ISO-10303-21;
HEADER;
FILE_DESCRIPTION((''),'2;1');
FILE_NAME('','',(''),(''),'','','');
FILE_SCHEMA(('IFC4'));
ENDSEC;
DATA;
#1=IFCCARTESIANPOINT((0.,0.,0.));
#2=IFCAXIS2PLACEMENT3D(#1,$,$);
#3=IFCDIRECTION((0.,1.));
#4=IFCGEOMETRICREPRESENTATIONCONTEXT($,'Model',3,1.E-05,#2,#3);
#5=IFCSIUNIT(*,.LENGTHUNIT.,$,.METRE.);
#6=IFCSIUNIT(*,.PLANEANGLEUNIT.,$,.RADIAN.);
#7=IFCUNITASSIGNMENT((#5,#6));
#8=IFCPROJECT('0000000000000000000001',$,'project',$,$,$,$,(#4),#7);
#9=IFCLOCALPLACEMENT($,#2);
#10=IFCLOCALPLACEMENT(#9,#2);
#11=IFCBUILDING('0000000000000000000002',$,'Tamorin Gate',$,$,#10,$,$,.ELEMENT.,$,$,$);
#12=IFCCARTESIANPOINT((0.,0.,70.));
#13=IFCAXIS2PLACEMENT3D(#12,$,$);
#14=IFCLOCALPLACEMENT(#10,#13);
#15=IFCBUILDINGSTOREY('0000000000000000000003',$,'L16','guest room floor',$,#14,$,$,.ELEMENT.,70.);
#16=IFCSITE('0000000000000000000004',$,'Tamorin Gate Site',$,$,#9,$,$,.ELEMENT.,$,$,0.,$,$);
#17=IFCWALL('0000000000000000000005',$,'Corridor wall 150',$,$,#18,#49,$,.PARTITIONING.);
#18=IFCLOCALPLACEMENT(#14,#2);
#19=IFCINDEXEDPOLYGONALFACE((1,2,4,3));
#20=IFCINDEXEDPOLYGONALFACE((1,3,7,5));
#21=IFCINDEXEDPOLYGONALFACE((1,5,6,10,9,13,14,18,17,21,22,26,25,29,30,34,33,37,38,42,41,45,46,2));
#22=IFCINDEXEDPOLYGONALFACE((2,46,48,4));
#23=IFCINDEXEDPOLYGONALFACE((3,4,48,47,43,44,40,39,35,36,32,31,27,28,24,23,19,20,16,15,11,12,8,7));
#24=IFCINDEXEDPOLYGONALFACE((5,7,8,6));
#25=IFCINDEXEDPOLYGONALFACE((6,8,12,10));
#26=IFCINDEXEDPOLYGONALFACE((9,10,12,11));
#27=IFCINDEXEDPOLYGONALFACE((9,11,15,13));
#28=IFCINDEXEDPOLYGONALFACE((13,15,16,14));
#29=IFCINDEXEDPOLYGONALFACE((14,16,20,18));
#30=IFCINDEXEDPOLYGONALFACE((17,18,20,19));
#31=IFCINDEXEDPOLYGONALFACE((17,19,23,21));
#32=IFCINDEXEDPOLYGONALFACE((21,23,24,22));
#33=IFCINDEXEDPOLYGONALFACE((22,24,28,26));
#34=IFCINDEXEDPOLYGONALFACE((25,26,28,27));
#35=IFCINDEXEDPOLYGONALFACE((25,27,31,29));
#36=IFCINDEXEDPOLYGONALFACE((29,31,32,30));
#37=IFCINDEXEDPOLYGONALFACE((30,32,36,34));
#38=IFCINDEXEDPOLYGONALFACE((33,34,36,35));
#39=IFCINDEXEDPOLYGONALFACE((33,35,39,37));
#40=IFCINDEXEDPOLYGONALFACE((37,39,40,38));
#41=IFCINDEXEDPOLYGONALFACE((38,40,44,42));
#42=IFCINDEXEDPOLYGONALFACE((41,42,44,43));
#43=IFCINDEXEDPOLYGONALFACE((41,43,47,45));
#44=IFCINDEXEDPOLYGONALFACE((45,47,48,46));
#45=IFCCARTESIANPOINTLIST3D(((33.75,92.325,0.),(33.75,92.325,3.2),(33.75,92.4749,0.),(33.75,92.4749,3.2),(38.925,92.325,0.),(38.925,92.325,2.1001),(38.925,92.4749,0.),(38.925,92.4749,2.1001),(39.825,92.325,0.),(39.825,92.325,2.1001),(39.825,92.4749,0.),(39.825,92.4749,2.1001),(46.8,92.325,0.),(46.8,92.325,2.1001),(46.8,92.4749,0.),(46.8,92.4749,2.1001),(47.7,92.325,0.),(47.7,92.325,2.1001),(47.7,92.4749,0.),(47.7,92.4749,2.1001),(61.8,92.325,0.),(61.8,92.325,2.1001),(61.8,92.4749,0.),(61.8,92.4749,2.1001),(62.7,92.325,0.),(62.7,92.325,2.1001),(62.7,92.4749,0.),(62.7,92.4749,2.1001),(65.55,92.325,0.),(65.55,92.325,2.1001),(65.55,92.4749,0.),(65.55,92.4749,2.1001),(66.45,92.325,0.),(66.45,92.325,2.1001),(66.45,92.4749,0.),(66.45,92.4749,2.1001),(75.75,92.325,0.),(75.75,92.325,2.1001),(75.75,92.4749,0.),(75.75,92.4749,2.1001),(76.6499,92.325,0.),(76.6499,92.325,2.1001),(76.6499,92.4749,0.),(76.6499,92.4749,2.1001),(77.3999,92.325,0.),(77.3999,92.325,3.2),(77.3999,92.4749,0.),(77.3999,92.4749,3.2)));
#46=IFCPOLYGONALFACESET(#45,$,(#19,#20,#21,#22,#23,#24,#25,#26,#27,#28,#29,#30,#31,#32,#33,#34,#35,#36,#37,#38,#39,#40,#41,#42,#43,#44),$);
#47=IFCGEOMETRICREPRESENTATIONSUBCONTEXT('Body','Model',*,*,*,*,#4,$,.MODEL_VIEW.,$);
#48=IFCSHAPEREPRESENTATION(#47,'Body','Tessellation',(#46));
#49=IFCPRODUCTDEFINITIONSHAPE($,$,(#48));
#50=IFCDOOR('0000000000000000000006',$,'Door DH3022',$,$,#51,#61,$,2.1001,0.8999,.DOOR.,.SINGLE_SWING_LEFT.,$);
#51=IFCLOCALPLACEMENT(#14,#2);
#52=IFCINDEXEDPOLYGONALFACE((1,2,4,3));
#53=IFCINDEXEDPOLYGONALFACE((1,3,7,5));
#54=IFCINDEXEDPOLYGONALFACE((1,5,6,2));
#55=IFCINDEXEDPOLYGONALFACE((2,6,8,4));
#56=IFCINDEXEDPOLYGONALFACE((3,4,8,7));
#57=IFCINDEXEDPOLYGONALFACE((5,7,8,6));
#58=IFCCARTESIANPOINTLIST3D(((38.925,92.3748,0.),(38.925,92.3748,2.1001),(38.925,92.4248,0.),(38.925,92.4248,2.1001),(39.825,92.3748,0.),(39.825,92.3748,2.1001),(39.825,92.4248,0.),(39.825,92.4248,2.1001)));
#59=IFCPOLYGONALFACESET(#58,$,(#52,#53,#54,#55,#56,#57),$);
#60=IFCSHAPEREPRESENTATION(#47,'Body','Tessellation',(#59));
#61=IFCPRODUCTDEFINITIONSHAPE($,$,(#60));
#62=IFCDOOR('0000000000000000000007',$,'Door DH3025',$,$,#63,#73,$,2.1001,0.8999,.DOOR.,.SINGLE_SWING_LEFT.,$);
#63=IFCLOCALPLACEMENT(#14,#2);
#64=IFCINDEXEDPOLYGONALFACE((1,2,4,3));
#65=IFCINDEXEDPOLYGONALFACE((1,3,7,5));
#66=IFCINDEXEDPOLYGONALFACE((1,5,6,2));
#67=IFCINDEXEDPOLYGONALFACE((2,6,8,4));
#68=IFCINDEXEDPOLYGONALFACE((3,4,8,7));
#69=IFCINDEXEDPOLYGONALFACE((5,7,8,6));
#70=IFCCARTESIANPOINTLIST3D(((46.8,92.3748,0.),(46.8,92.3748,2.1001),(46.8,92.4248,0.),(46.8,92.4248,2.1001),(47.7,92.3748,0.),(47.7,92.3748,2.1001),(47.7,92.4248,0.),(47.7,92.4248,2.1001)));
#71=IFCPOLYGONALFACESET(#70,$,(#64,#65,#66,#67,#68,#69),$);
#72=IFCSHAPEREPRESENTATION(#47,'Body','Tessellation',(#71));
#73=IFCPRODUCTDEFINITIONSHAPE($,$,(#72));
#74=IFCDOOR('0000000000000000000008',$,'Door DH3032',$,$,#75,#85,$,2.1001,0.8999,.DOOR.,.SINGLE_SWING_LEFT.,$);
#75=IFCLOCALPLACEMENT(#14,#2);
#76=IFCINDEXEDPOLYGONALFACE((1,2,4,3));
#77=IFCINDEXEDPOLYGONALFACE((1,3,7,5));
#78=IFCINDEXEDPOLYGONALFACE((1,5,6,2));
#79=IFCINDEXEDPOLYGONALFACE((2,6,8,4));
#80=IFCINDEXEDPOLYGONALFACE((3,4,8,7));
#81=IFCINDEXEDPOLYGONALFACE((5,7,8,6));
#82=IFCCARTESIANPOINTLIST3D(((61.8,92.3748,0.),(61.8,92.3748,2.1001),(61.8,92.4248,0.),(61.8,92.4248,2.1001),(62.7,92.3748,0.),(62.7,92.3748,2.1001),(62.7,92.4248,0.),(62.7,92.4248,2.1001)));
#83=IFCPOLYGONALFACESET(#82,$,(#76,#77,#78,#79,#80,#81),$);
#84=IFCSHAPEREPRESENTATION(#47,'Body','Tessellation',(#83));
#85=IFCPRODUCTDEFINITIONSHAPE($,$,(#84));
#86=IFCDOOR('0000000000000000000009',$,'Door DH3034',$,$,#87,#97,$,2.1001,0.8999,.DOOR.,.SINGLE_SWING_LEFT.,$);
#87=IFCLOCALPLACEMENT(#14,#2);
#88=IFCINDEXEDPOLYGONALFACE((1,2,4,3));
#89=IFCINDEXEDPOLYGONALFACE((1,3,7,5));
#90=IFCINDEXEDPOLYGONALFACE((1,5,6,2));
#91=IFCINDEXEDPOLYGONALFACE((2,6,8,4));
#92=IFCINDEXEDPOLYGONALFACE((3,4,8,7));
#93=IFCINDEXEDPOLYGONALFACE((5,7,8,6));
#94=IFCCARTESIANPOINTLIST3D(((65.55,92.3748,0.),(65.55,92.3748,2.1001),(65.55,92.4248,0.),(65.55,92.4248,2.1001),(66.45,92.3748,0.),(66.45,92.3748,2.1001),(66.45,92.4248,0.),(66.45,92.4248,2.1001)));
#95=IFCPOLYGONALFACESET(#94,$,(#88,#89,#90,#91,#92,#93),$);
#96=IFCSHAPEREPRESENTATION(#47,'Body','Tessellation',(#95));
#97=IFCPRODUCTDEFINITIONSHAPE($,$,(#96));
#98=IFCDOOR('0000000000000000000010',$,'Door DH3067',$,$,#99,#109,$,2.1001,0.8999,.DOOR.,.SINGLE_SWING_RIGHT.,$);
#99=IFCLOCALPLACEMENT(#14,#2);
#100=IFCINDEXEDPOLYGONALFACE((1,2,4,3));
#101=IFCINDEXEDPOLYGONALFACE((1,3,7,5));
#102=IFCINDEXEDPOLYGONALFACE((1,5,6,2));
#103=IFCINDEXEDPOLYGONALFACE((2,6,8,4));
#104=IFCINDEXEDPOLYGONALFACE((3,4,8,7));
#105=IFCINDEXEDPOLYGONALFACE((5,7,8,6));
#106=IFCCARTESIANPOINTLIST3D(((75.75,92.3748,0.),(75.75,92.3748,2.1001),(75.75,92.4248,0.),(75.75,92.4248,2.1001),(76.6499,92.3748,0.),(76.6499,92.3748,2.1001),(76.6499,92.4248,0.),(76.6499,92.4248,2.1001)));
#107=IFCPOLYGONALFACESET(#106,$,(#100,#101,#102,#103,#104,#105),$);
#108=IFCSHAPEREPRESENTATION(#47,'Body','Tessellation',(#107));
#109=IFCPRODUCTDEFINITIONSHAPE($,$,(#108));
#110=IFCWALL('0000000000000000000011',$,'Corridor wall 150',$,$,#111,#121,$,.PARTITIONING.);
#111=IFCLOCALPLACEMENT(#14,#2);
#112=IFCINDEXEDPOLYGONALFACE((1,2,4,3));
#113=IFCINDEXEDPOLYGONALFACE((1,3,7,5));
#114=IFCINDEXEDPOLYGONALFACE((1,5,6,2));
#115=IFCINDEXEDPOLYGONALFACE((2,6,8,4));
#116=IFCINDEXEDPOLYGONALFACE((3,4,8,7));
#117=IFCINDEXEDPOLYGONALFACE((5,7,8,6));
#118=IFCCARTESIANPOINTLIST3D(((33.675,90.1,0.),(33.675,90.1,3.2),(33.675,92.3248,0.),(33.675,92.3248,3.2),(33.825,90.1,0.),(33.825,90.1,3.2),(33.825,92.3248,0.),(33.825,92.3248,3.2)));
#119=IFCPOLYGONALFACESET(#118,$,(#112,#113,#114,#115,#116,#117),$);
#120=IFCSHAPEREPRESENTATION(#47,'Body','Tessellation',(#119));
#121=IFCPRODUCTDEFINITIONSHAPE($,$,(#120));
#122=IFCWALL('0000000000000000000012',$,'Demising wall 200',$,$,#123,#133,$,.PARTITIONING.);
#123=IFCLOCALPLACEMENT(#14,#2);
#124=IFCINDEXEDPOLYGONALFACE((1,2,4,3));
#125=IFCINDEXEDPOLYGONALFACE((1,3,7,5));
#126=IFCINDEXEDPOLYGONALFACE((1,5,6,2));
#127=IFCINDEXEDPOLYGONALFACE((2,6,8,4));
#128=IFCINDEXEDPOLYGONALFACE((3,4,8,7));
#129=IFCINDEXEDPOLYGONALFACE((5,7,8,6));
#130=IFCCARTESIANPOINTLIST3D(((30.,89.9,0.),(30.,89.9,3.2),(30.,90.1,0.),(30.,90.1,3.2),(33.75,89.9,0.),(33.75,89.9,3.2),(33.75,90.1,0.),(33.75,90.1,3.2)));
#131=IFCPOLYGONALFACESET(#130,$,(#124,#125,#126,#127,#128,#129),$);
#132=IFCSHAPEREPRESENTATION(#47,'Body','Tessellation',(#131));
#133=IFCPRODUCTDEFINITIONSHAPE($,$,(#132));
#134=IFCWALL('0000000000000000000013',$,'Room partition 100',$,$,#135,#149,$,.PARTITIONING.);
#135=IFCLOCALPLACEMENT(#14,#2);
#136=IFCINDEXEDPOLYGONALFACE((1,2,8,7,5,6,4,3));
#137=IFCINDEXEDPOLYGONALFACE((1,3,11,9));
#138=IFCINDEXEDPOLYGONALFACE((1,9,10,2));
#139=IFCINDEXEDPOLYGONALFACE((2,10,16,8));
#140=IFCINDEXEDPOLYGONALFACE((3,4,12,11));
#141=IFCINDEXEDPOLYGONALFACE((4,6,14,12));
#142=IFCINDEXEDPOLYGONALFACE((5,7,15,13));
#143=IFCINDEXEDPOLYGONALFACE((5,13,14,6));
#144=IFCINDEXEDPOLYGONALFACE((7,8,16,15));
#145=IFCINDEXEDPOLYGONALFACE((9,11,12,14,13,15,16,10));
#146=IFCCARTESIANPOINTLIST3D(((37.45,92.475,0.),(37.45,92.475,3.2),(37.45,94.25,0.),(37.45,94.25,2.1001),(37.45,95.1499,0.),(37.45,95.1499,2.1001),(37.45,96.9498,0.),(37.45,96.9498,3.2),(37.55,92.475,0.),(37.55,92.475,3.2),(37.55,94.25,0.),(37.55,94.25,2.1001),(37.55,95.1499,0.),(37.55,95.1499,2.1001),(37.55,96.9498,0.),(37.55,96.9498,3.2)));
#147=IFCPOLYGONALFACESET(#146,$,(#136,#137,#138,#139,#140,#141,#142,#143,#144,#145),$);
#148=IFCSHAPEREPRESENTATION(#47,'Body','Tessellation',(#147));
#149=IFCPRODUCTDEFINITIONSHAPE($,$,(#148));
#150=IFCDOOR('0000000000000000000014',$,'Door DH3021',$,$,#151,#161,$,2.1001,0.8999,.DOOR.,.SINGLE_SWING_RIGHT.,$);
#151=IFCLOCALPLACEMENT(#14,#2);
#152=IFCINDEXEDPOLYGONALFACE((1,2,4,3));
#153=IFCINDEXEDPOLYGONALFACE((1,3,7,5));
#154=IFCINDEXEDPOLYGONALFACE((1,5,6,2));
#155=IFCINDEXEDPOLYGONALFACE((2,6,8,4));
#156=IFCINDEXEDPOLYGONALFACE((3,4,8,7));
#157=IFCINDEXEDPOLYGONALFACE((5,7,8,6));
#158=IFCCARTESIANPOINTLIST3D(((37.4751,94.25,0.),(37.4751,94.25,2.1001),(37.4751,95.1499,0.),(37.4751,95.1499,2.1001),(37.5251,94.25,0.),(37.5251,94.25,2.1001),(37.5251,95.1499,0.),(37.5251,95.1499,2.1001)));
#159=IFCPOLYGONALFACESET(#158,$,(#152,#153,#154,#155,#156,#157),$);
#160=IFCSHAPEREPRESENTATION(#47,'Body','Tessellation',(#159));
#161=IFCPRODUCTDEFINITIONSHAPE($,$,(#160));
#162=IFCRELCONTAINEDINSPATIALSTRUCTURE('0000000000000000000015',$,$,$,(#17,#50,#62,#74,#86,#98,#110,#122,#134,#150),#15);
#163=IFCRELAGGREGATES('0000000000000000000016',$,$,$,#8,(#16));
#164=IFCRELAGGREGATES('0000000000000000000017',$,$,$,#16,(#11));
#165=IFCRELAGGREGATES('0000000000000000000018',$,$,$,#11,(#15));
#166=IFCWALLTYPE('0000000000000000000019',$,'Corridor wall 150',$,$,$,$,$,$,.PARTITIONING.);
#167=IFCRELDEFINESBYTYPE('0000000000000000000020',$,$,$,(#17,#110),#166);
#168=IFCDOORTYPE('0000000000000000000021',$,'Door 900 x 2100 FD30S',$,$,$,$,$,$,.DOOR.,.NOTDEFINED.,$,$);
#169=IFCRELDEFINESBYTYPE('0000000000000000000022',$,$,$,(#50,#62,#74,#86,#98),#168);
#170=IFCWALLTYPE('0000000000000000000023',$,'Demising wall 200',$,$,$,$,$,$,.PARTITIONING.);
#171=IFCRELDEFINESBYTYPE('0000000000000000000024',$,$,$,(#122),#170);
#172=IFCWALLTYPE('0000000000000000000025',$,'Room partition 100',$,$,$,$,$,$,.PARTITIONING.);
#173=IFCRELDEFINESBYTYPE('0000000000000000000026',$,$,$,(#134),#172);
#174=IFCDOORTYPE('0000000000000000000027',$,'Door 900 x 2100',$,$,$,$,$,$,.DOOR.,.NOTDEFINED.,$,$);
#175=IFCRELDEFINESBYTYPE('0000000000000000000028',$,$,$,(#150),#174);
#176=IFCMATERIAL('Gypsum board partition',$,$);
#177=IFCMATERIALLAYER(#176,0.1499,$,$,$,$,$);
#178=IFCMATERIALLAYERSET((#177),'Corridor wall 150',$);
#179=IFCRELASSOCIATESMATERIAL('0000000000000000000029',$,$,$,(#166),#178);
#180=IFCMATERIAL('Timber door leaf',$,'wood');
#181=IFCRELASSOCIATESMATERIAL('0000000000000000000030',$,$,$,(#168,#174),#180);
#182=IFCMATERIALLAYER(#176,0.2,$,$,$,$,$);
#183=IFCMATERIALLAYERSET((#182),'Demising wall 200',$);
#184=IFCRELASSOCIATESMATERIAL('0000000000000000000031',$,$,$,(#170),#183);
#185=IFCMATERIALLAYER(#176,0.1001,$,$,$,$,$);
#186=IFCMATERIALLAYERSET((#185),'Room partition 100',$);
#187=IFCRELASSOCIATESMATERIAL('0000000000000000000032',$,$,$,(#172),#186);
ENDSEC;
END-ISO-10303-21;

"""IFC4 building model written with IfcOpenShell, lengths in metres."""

from ifc_helpers import new_model, si_unit, direction, frame, frame_2d, origin, place, context, subcontext, project, spatial, rectangle, extrude, material, layer, layer_set, type_object, element, fill, save


model = new_model("IFC4")

# Units and contexts
model_context = context("Model", 3, precision=1e-05, world=origin(), true_north=direction((0.0, 1.0)))
body_context = subcontext(model_context, "Body", "Model", "MODEL_VIEW")
ifc_project = project(units=[si_unit("LENGTHUNIT", "METRE"), si_unit("PLANEANGLEUNIT", "RADIAN")], contexts=[model_context])

# Site, building, storey
site_placement = place(None, origin())
site = spatial("IfcSite", under=ifc_project, at=site_placement, Name="Tamorin Gate Site", CompositionType="ELEMENT", RefElevation=0.0)
building_placement = place(site_placement, origin())
building = spatial("IfcBuilding", under=site, at=building_placement, Name="Tamorin Gate", CompositionType="ELEMENT")
storey_placement = place(building_placement, frame((0.0, 0.0, 70.0)))
storey = spatial("IfcBuildingStorey", under=building, at=storey_placement, Name="L16", Description="guest room floor", CompositionType="ELEMENT", Elevation=70.0)

# Wall, openings, doors
ifc_material_1 = material(Name="Gypsum board partition")
ifc_layer_1 = layer(ifc_material_1, 0.1499)
ifc_layer_set_1 = layer_set([ifc_layer_1], Name="Corridor wall 150")
wall_type_1 = type_object("IfcWallType", Name="Corridor wall 150", PredefinedType="PARTITIONING", material=ifc_layer_set_1)
ifc_material_2 = material(Name="Timber door leaf", Category="wood")
door_type_1 = type_object("IfcDoorType", Name="Door 900 x 2100 FD30S", OperationType="NOTDEFINED", PredefinedType="DOOR", material=ifc_material_2)
wall_1_placement = place(storey_placement, frame((33.75, 92.3999, 0.0), z_axis=(0.0, 0.0, 1.0), x_axis=(1.0, 0.0, 0.0)))
wall_1 = element("IfcWall", 1, at=wall_1_placement, inside=storey, type_object=wall_type_1, Name="Corridor wall 150", PredefinedType="PARTITIONING", context=body_context, shape_type="SweptSolid", body=[
    extrude(rectangle(XDim=43.6499, YDim=0.1499, at=frame_2d((21.825, 0.0))), origin(), (0.0, 0.0, 1.0), 3.2),
])
opening_1_placement = place(wall_1_placement, frame((5.175, 0.0, 0.0)))
opening_1 = element("IfcOpeningElement", 2, at=opening_1_placement, cuts=wall_1, PredefinedType="OPENING", context=body_context, shape_type="SweptSolid", body=[
    extrude(rectangle(XDim=0.8999, YDim=2.1001, at=frame_2d((0.45, 1.05))), frame((0.0, 0.085, 0.0), z_axis=(0.0, -1.0, 0.0), x_axis=(1.0, 0.0, 0.0)), (0.0, 0.0, 1.0), 0.1699),
])
opening_2_placement = place(wall_1_placement, frame((13.05, 0.0, 0.0)))
opening_2 = element("IfcOpeningElement", 3, at=opening_2_placement, cuts=wall_1, PredefinedType="OPENING", context=body_context, shape_type="SweptSolid", body=[
    extrude(rectangle(XDim=0.8999, YDim=2.1001, at=frame_2d((0.45, 1.05))), frame((0.0, 0.085, 0.0), z_axis=(0.0, -1.0, 0.0), x_axis=(1.0, 0.0, 0.0)), (0.0, 0.0, 1.0), 0.1699),
])
opening_3_placement = place(wall_1_placement, frame((28.05, 0.0, 0.0)))
opening_3 = element("IfcOpeningElement", 4, at=opening_3_placement, cuts=wall_1, PredefinedType="OPENING", context=body_context, shape_type="SweptSolid", body=[
    extrude(rectangle(XDim=0.8999, YDim=2.1001, at=frame_2d((0.45, 1.05))), frame((0.0, 0.085, 0.0), z_axis=(0.0, -1.0, 0.0), x_axis=(1.0, 0.0, 0.0)), (0.0, 0.0, 1.0), 0.1699),
])
opening_4_placement = place(wall_1_placement, frame((31.8, 0.0, 0.0)))
opening_4 = element("IfcOpeningElement", 5, at=opening_4_placement, cuts=wall_1, PredefinedType="OPENING", context=body_context, shape_type="SweptSolid", body=[
    extrude(rectangle(XDim=0.8999, YDim=2.1001, at=frame_2d((0.45, 1.05))), frame((0.0, 0.085, 0.0), z_axis=(0.0, -1.0, 0.0), x_axis=(1.0, 0.0, 0.0)), (0.0, 0.0, 1.0), 0.1699),
])
opening_5_placement = place(wall_1_placement, frame((42.0, 0.0, 0.0)))
opening_5 = element("IfcOpeningElement", 6, at=opening_5_placement, cuts=wall_1, PredefinedType="OPENING", context=body_context, shape_type="SweptSolid", body=[
    extrude(rectangle(XDim=0.8999, YDim=2.1001, at=frame_2d((0.45, 1.05))), frame((0.0, 0.085, 0.0), z_axis=(0.0, -1.0, 0.0), x_axis=(1.0, 0.0, 0.0)), (0.0, 0.0, 1.0), 0.1699),
])
door_1_placement = place(opening_1_placement, origin())
door_1 = element("IfcDoor", 7, at=door_1_placement, inside=storey, type_object=door_type_1, Name="Door DH3022", OperationType="SINGLE_SWING_LEFT", OverallHeight=2.1001, OverallWidth=0.8999, PredefinedType="DOOR", context=body_context, shape_type="SweptSolid", body=[
    extrude(rectangle(XDim=0.8999, YDim=2.1001, at=frame_2d((0.45, 1.05))), frame((0.0, 0.0249, 0.0), z_axis=(0.0, -1.0, 0.0), x_axis=(1.0, 0.0, 0.0)), (0.0, 0.0, 1.0), 0.05),
])
fill(opening_1, door_1)
door_2_placement = place(opening_2_placement, origin())
door_2 = element("IfcDoor", 8, at=door_2_placement, inside=storey, type_object=door_type_1, Name="Door DH3025", OperationType="SINGLE_SWING_LEFT", OverallHeight=2.1001, OverallWidth=0.8999, PredefinedType="DOOR", context=body_context, shape_type="SweptSolid", body=[
    extrude(rectangle(XDim=0.8999, YDim=2.1001, at=frame_2d((0.45, 1.05))), frame((0.0, 0.0249, 0.0), z_axis=(0.0, -1.0, 0.0), x_axis=(1.0, 0.0, 0.0)), (0.0, 0.0, 1.0), 0.05),
])
fill(opening_2, door_2)
door_3_placement = place(opening_3_placement, origin())
door_3 = element("IfcDoor", 9, at=door_3_placement, inside=storey, type_object=door_type_1, Name="Door DH3032", OperationType="SINGLE_SWING_LEFT", OverallHeight=2.1001, OverallWidth=0.8999, PredefinedType="DOOR", context=body_context, shape_type="SweptSolid", body=[
    extrude(rectangle(XDim=0.8999, YDim=2.1001, at=frame_2d((0.45, 1.05))), frame((0.0, 0.0249, 0.0), z_axis=(0.0, -1.0, 0.0), x_axis=(1.0, 0.0, 0.0)), (0.0, 0.0, 1.0), 0.05),
])
fill(opening_3, door_3)
door_4_placement = place(opening_4_placement, origin())
door_4 = element("IfcDoor", 10, at=door_4_placement, inside=storey, type_object=door_type_1, Name="Door DH3034", OperationType="SINGLE_SWING_LEFT", OverallHeight=2.1001, OverallWidth=0.8999, PredefinedType="DOOR", context=body_context, shape_type="SweptSolid", body=[
    extrude(rectangle(XDim=0.8999, YDim=2.1001, at=frame_2d((0.45, 1.05))), frame((0.0, 0.0249, 0.0), z_axis=(0.0, -1.0, 0.0), x_axis=(1.0, 0.0, 0.0)), (0.0, 0.0, 1.0), 0.05),
])
fill(opening_4, door_4)
door_5_placement = place(opening_5_placement, origin())
door_5 = element("IfcDoor", 11, at=door_5_placement, inside=storey, type_object=door_type_1, Name="Door DH3067", OperationType="SINGLE_SWING_RIGHT", OverallHeight=2.1001, OverallWidth=0.8999, PredefinedType="DOOR", context=body_context, shape_type="SweptSolid", body=[
    extrude(rectangle(XDim=0.8999, YDim=2.1001, at=frame_2d((0.45, 1.05))), frame((0.0, 0.0249, 0.0), z_axis=(0.0, -1.0, 0.0), x_axis=(1.0, 0.0, 0.0)), (0.0, 0.0, 1.0), 0.05),
])
fill(opening_5, door_5)

# Walls
wall_2_placement = place(storey_placement, frame((33.75, 90.1001, 0.0), z_axis=(0.0, 0.0, 1.0), x_axis=(0.0, 1.0, 0.0)))
element("IfcWall", 12, at=wall_2_placement, inside=storey, type_object=wall_type_1, Name="Corridor wall 150", PredefinedType="PARTITIONING", context=body_context, shape_type="SweptSolid", body=[
    extrude(rectangle(XDim=2.2249, YDim=0.1499, at=frame_2d((1.1123, 0.0))), origin(), (0.0, 0.0, 1.0), 3.2),
])
ifc_layer_2 = layer(ifc_material_1, 0.2)
ifc_layer_set_2 = layer_set([ifc_layer_2], Name="Demising wall 200")
wall_type_2 = type_object("IfcWallType", Name="Demising wall 200", PredefinedType="PARTITIONING", material=ifc_layer_set_2)
wall_3_placement = place(storey_placement, frame((30.0, 90.0, 0.0), z_axis=(0.0, 0.0, 1.0), x_axis=(1.0, 0.0, 0.0)))
element("IfcWall", 13, at=wall_3_placement, inside=storey, type_object=wall_type_2, Name="Demising wall 200", PredefinedType="PARTITIONING", context=body_context, shape_type="SweptSolid", body=[
    extrude(rectangle(XDim=3.75, YDim=0.2, at=frame_2d((1.875, 0.0))), origin(), (0.0, 0.0, 1.0), 3.2),
])

# Wall, opening, door
ifc_layer_3 = layer(ifc_material_1, 0.1001)
ifc_layer_set_3 = layer_set([ifc_layer_3], Name="Room partition 100")
wall_type_3 = type_object("IfcWallType", Name="Room partition 100", PredefinedType="PARTITIONING", material=ifc_layer_set_3)
wall_4_placement = place(storey_placement, frame((37.5, 92.4751, 0.0), z_axis=(0.0, 0.0, 1.0), x_axis=(0.0, 1.0, 0.0)))
wall_4 = element("IfcWall", 14, at=wall_4_placement, inside=storey, type_object=wall_type_3, Name="Room partition 100", PredefinedType="PARTITIONING", context=body_context, shape_type="SweptSolid", body=[
    extrude(rectangle(XDim=4.4749, YDim=0.1001, at=frame_2d((2.2373, 0.0))), origin(), (0.0, 0.0, 1.0), 3.2),
])
opening_6_placement = place(wall_4_placement, frame((1.7749, 0.0, 0.0)))
opening_6 = element("IfcOpeningElement", 15, at=opening_6_placement, cuts=wall_4, PredefinedType="OPENING", context=body_context, shape_type="SweptSolid", body=[
    extrude(rectangle(XDim=0.8999, YDim=2.1001, at=frame_2d((0.45, 1.05))), frame((0.0, 0.0601, 0.0), z_axis=(0.0, -1.0, 0.0), x_axis=(1.0, 0.0, 0.0)), (0.0, 0.0, 1.0), 0.1201),
])
door_type_2 = type_object("IfcDoorType", Name="Door 900 x 2100", OperationType="NOTDEFINED", PredefinedType="DOOR", material=ifc_material_2)
door_6_placement = place(opening_6_placement, origin())
door_6 = element("IfcDoor", 16, at=door_6_placement, inside=storey, type_object=door_type_2, Name="Door DH3021", OperationType="SINGLE_SWING_RIGHT", OverallHeight=2.1001, OverallWidth=0.8999, PredefinedType="DOOR", context=body_context, shape_type="SweptSolid", body=[
    extrude(rectangle(XDim=0.8999, YDim=2.1001, at=frame_2d((0.45, 1.05))), frame((0.0, 0.0249, 0.0), z_axis=(0.0, -1.0, 0.0), x_axis=(1.0, 0.0, 0.0)), (0.0, 0.0, 1.0), 0.05),
])
fill(opening_6, door_6)

save(model, "model.ifc")
